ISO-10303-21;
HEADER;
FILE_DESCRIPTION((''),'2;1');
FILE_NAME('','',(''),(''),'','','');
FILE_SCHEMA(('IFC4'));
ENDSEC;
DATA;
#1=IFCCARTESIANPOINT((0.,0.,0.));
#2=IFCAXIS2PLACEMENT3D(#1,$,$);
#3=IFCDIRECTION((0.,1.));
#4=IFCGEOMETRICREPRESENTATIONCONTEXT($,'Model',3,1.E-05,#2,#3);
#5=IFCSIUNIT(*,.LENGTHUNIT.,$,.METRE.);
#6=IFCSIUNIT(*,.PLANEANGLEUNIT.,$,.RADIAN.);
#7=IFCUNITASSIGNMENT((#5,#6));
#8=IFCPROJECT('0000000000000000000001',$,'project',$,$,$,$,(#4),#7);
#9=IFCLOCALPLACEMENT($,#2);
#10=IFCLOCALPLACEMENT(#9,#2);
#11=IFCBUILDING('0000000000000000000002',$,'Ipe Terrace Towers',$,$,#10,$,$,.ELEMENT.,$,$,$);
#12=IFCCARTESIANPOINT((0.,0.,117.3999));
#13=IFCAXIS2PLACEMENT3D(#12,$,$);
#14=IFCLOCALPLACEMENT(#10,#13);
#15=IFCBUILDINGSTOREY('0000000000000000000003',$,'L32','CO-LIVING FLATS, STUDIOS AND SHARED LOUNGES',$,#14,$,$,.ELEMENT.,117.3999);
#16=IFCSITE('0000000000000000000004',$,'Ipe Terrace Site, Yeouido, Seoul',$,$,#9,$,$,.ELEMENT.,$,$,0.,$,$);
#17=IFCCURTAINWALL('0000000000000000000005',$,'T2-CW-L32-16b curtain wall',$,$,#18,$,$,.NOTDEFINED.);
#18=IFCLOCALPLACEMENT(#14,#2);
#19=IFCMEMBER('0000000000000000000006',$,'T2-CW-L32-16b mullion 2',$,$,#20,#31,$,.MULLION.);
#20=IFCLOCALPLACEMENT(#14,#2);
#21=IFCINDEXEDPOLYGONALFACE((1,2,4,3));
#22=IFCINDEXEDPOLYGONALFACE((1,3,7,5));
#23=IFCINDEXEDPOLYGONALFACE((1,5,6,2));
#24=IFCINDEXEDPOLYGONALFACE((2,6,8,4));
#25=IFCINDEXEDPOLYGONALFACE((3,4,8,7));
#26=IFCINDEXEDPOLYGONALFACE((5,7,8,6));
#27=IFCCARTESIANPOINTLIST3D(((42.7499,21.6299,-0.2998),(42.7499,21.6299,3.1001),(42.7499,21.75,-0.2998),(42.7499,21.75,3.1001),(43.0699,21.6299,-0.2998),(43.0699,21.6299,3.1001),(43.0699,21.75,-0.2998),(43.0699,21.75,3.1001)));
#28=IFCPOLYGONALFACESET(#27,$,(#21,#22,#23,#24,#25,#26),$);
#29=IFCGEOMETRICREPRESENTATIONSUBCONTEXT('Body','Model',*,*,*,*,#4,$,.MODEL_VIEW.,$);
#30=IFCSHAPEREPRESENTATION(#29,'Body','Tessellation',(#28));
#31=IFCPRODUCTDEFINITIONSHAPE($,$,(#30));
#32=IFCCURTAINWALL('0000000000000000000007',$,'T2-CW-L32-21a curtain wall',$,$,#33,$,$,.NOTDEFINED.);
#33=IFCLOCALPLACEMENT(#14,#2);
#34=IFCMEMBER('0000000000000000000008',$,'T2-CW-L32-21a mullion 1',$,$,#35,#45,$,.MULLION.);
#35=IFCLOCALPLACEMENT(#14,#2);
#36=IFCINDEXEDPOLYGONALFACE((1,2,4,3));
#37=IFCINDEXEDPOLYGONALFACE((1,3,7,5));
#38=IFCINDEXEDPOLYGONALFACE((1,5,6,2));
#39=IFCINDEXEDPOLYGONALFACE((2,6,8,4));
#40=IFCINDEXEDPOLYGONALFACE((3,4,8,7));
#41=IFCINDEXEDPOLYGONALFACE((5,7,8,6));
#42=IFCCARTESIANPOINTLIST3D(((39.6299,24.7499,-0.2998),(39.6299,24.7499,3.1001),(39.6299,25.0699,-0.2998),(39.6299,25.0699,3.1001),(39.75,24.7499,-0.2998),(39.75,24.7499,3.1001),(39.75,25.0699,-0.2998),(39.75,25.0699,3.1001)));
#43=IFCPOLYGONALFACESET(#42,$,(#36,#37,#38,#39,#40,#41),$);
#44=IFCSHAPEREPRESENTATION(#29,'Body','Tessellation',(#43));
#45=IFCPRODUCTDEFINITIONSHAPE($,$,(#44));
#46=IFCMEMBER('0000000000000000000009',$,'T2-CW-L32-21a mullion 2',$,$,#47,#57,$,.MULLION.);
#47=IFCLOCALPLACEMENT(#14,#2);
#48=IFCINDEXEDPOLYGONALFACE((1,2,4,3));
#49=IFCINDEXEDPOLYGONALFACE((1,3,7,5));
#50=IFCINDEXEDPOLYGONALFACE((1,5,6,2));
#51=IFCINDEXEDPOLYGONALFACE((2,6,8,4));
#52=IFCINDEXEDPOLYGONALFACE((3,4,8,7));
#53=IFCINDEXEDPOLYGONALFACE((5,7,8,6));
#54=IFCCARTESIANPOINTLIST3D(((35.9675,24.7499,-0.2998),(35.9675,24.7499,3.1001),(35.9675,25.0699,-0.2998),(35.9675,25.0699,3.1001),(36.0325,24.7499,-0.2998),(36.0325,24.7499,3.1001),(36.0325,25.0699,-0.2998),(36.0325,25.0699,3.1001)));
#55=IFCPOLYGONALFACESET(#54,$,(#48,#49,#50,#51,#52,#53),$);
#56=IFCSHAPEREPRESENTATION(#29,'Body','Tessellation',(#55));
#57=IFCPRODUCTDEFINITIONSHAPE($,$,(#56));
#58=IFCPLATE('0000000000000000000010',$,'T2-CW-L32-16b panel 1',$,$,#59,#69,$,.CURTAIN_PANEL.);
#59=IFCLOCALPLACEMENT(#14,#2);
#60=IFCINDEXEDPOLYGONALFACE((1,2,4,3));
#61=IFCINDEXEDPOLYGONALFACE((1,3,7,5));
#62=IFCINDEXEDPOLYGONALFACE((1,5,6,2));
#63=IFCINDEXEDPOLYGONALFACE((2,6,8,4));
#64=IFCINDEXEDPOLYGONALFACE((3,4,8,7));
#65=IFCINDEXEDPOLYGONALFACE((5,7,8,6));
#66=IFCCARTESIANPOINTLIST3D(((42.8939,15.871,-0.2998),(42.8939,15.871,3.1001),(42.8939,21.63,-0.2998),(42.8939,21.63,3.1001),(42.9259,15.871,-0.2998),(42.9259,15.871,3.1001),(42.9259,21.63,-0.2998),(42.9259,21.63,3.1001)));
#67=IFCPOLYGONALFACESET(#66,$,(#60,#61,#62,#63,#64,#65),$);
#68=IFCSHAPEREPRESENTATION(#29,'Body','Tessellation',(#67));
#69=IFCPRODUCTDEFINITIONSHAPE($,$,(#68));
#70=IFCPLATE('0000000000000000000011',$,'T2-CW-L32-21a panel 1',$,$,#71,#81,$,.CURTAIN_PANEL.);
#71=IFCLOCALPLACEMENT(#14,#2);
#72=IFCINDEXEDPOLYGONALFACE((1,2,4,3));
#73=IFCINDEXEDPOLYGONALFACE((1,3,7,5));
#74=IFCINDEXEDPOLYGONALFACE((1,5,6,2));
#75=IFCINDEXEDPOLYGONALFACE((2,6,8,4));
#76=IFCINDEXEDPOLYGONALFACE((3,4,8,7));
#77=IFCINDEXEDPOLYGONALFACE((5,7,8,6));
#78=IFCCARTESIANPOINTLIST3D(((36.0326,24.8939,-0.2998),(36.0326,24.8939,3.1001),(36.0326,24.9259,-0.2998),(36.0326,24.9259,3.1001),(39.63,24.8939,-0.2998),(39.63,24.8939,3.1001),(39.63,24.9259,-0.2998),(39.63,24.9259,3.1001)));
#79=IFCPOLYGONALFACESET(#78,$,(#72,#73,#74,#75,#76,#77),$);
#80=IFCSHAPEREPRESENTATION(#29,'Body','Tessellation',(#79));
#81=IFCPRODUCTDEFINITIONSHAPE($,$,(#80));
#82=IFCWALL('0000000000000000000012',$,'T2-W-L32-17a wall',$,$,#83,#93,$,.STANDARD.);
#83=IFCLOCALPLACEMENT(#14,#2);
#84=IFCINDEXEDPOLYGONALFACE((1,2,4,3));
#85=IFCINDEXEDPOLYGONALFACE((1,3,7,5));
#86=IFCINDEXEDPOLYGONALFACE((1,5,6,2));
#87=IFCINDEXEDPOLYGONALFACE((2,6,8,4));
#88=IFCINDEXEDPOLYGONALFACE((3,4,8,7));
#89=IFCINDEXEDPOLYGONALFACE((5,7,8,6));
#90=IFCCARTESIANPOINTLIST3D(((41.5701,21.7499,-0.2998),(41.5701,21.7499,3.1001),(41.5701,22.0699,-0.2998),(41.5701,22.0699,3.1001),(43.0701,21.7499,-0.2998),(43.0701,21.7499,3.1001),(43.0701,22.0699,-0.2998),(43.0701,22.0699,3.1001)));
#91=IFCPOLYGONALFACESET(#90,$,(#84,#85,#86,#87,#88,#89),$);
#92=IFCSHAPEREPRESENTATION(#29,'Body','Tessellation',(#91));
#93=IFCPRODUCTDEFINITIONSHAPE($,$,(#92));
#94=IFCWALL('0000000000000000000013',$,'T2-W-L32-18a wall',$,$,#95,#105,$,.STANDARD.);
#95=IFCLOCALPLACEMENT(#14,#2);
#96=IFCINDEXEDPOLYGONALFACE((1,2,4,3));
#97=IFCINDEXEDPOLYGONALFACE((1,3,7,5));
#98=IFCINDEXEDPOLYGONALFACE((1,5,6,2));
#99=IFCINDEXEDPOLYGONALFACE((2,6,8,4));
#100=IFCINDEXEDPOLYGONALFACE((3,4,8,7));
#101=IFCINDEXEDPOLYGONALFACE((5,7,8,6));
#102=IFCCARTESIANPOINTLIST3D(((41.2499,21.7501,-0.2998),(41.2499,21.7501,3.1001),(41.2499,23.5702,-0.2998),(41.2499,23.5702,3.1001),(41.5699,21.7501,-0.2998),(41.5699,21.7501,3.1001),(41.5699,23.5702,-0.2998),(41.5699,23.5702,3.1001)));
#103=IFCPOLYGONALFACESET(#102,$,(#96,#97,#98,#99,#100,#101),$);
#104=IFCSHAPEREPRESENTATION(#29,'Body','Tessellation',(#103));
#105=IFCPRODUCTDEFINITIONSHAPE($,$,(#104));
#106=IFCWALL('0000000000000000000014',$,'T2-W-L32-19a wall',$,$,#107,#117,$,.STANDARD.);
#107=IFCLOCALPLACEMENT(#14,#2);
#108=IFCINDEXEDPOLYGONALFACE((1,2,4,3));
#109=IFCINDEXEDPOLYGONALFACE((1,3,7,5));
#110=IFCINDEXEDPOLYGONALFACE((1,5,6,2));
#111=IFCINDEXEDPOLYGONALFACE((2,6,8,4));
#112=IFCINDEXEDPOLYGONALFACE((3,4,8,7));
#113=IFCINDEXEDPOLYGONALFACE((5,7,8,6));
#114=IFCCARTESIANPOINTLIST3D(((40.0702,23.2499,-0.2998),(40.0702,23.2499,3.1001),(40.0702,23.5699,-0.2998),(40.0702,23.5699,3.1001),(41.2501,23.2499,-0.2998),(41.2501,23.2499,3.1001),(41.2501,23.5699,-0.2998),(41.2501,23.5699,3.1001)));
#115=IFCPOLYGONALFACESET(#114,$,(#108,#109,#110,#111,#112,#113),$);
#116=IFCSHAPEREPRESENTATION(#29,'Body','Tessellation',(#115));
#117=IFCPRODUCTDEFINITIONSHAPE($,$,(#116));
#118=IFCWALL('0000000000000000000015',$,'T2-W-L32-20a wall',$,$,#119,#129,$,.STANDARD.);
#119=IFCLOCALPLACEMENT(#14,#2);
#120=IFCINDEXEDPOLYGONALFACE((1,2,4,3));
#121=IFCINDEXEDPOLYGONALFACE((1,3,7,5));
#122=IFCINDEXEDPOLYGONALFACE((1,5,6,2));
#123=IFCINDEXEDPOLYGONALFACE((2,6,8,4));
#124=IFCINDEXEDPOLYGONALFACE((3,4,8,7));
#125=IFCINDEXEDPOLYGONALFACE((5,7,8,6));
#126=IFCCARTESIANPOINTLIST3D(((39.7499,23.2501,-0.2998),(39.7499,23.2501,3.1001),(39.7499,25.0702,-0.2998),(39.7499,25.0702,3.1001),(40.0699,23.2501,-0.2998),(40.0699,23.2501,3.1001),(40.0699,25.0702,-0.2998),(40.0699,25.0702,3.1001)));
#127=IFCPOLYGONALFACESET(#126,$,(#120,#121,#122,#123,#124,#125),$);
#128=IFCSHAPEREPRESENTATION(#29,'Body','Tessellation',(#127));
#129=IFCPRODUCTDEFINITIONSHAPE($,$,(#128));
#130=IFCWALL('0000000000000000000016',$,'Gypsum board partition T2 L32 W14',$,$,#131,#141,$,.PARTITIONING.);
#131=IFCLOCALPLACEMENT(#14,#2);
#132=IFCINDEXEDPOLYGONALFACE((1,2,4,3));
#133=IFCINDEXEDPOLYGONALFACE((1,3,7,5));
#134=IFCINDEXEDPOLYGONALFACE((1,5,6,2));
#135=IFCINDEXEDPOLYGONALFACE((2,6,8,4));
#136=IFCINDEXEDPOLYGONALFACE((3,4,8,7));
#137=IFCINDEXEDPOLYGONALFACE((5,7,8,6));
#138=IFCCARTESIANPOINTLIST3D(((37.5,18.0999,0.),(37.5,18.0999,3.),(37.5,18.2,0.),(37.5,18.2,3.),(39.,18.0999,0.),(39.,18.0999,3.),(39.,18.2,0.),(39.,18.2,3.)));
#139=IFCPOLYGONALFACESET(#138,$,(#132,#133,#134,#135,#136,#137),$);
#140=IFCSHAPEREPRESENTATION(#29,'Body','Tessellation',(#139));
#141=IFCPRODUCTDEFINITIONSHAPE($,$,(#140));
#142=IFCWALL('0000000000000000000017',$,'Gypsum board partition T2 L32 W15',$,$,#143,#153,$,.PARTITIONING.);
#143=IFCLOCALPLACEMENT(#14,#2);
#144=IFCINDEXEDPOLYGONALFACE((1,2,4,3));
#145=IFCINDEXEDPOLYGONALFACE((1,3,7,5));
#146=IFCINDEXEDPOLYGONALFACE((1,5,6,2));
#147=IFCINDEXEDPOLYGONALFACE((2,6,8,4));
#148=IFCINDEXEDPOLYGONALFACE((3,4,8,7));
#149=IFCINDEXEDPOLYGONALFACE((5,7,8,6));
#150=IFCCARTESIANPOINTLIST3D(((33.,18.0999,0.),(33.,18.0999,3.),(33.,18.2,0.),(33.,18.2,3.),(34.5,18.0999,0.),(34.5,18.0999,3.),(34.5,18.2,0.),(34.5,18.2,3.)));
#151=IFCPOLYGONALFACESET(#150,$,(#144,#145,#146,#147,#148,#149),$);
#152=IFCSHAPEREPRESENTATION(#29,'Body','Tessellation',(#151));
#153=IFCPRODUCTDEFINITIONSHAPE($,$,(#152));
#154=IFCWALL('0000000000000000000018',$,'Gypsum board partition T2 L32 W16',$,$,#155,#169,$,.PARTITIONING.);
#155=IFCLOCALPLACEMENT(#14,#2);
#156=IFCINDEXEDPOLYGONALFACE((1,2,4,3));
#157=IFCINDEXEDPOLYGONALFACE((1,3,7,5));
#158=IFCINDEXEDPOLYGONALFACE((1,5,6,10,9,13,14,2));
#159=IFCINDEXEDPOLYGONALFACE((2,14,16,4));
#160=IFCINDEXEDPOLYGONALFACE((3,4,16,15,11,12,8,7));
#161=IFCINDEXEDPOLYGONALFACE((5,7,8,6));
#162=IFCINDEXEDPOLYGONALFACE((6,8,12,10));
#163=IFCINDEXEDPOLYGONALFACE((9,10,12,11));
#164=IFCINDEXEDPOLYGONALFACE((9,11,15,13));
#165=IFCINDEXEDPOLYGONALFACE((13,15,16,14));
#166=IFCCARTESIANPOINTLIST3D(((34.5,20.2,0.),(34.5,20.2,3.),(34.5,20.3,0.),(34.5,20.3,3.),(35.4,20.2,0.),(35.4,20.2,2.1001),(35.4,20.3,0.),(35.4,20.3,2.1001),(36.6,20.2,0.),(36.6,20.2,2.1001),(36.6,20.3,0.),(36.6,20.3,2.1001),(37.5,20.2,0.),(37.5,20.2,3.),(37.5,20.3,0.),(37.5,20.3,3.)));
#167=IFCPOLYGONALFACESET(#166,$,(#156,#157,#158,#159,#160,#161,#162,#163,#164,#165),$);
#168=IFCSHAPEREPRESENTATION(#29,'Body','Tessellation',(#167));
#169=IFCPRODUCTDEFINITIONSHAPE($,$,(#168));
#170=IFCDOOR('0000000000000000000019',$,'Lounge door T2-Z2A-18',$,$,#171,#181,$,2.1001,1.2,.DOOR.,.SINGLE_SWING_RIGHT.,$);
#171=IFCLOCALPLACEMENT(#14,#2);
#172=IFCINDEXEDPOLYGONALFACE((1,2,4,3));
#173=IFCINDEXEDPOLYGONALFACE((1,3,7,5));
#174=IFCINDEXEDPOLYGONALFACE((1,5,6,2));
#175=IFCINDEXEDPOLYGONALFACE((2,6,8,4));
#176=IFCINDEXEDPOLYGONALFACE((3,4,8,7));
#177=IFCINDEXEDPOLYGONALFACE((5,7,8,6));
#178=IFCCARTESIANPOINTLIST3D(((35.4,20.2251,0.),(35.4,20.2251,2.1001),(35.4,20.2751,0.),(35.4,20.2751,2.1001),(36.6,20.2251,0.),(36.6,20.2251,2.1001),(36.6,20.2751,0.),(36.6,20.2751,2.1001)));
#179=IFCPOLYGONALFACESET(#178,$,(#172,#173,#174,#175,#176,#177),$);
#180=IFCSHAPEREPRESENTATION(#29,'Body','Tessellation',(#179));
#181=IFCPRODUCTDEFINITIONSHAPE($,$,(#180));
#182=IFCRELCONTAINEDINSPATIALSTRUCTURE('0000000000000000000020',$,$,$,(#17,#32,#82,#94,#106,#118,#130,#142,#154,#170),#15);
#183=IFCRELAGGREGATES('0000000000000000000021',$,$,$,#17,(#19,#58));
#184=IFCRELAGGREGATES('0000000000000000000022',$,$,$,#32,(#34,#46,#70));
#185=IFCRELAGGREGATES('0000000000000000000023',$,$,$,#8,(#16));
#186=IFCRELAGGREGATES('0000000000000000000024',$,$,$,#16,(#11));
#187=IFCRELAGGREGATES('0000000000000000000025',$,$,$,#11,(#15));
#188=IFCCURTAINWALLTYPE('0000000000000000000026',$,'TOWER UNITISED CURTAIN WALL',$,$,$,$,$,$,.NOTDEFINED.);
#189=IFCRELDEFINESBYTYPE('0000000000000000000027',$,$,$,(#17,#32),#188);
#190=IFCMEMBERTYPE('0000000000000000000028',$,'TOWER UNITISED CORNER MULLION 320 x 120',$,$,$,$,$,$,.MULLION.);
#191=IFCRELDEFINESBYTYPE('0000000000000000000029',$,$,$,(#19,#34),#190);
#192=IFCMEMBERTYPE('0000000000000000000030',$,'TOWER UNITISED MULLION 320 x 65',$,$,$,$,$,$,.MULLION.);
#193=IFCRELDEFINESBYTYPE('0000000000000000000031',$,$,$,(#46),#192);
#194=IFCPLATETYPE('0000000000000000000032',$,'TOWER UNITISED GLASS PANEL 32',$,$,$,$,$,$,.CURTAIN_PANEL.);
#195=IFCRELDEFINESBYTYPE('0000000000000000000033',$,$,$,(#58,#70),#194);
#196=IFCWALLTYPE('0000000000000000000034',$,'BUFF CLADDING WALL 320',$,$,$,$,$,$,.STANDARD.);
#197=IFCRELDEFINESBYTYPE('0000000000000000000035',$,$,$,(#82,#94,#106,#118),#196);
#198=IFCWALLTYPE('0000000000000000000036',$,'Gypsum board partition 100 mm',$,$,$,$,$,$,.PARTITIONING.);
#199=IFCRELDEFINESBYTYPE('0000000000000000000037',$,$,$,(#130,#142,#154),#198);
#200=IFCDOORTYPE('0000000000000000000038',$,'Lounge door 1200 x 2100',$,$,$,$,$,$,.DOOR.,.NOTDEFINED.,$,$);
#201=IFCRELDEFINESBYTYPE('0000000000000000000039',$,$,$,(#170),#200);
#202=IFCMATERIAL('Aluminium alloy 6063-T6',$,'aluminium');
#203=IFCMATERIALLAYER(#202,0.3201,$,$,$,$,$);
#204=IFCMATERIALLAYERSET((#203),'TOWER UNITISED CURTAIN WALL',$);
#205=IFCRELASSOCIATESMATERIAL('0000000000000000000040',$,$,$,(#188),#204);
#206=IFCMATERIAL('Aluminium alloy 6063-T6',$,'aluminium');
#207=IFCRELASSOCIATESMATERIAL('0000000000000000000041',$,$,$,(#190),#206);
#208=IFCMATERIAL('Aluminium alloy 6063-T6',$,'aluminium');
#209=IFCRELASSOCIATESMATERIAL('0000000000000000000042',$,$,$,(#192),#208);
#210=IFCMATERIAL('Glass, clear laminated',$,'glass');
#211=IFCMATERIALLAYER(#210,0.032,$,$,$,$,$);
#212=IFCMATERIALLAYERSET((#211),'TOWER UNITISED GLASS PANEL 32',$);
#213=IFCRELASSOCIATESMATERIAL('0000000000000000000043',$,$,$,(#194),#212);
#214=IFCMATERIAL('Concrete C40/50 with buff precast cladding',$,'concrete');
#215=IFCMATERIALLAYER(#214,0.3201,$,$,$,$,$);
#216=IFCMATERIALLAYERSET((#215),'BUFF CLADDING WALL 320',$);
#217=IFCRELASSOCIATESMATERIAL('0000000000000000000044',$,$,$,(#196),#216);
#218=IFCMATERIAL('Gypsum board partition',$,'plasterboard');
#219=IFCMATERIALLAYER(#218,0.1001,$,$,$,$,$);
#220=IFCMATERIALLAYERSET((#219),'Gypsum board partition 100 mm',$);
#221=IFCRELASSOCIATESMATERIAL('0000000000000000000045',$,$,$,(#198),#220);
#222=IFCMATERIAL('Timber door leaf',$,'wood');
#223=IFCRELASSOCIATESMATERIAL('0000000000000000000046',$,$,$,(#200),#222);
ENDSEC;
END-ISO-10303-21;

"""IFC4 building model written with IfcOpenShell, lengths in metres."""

from ifc_helpers import new_model, si_unit, direction, frame, frame_2d, origin, origin_2d, place, context, subcontext, project, spatial, rectangle, extrude, material, layer, layer_set, material_profile, profile_set, type_object, element, fill, aggregate, save


model = new_model("IFC4")

# Units and contexts
model_context = context("Model", 3, precision=1e-05, world=origin(), true_north=direction((0.0, 1.0)))
body_context = subcontext(model_context, "Body", "Model", "MODEL_VIEW")
ifc_project = project(units=[si_unit("LENGTHUNIT", "METRE"), si_unit("PLANEANGLEUNIT", "RADIAN")], contexts=[model_context])

# Site, building, storey
site_placement = place(None, origin())
site = spatial("IfcSite", under=ifc_project, at=site_placement, Name="Ipe Terrace Site, Yeouido, Seoul", CompositionType="ELEMENT", RefElevation=0.0)
building_placement = place(site_placement, origin())
building = spatial("IfcBuilding", under=site, at=building_placement, Name="Ipe Terrace Towers", CompositionType="ELEMENT")
storey_placement = place(building_placement, frame((0.0, 0.0, 117.3999)))
storey = spatial("IfcBuildingStorey", under=building, at=storey_placement, Name="L32", Description="CO-LIVING FLATS, STUDIOS AND SHARED LOUNGES", CompositionType="ELEMENT", Elevation=117.3999)

# Curtain walls, members
ifc_material_1 = material(Name="Aluminium alloy 6063-T6", Category="aluminium")
ifc_layer_1 = layer(ifc_material_1, 0.3201)
ifc_layer_set_1 = layer_set([ifc_layer_1], Name="TOWER UNITISED CURTAIN WALL")
curtain_wall_type = type_object("IfcCurtainWallType", Name="TOWER UNITISED CURTAIN WALL", PredefinedType="NOTDEFINED", material=ifc_layer_set_1)
curtain_wall_1_placement = place(storey_placement, origin())
curtain_wall_1 = element("IfcCurtainWall", 1, at=curtain_wall_1_placement, inside=storey, type_object=curtain_wall_type, Name="T2-CW-L32-16b curtain wall", PredefinedType="NOTDEFINED")
ifc_material_2 = material(Name="Aluminium alloy 6063-T6", Category="aluminium")
ifc_material_profile_1 = material_profile(ifc_material_2, rectangle(XDim=0.3201, YDim=0.1201, at=origin_2d()), Name="TOWER UNITISED CORNER MULLION 320 x 120")
ifc_profile_set_1 = profile_set([ifc_material_profile_1], Name="Aluminium alloy 6063-T6")
member_type_1 = type_object("IfcMemberType", Name="TOWER UNITISED CORNER MULLION 320 x 120", PredefinedType="MULLION", material=ifc_profile_set_1)
member_1_placement = place(storey_placement, frame((42.9099, 21.6899, -0.2998), z_axis=(0.0, 0.0, 1.0), x_axis=(1.0, 0.0, 0.0)))
member_1 = element("IfcMember", 2, at=member_1_placement, type_object=member_type_1, Name="T2-CW-L32-16b mullion 2", PredefinedType="MULLION", context=body_context, shape_type="SweptSolid", body=[
    extrude(rectangle(XDim=0.3201, YDim=0.1201, at=origin_2d()), origin(), (0.0, 0.0, 1.0), 3.3999),
])
curtain_wall_2_placement = place(storey_placement, origin())
curtain_wall_2 = element("IfcCurtainWall", 3, at=curtain_wall_2_placement, inside=storey, type_object=curtain_wall_type, Name="T2-CW-L32-21a curtain wall", PredefinedType="NOTDEFINED")
member_2_placement = place(storey_placement, frame((39.6899, 24.9099, -0.2998), z_axis=(0.0, 0.0, 1.0), x_axis=(0.0, 1.0, 0.0)))
member_2 = element("IfcMember", 4, at=member_2_placement, type_object=member_type_1, Name="T2-CW-L32-21a mullion 1", PredefinedType="MULLION", context=body_context, shape_type="SweptSolid", body=[
    extrude(rectangle(XDim=0.3201, YDim=0.1201, at=origin_2d()), origin(), (0.0, 0.0, 1.0), 3.3999),
])
ifc_material_3 = material(Name="Aluminium alloy 6063-T6", Category="aluminium")
ifc_material_profile_2 = material_profile(ifc_material_3, rectangle(XDim=0.3201, YDim=0.0649, at=origin_2d()), Name="TOWER UNITISED MULLION 320 x 65")
ifc_profile_set_2 = profile_set([ifc_material_profile_2], Name="Aluminium alloy 6063-T6")
member_type_2 = type_object("IfcMemberType", Name="TOWER UNITISED MULLION 320 x 65", PredefinedType="MULLION", material=ifc_profile_set_2)
member_3_placement = place(storey_placement, frame((36.0, 24.9099, -0.2998), z_axis=(0.0, 0.0, 1.0), x_axis=(0.0, 1.0, 0.0)))
member_3 = element("IfcMember", 5, at=member_3_placement, type_object=member_type_2, Name="T2-CW-L32-21a mullion 2", PredefinedType="MULLION", context=body_context, shape_type="SweptSolid", body=[
    extrude(rectangle(XDim=0.3201, YDim=0.0649, at=origin_2d()), origin(), (0.0, 0.0, 1.0), 3.3999),
])

# Plates
ifc_material_4 = material(Name="Glass, clear laminated", Category="glass")
ifc_layer_2 = layer(ifc_material_4, 0.032)
ifc_layer_set_2 = layer_set([ifc_layer_2], Name="TOWER UNITISED GLASS PANEL 32")
plate_type = type_object("IfcPlateType", Name="TOWER UNITISED GLASS PANEL 32", PredefinedType="CURTAIN_PANEL", material=ifc_layer_set_2)
plate_1_placement = place(storey_placement, frame((42.9099, 18.7505, -0.2998), z_axis=(0.0, 0.0, 1.0), x_axis=(0.0, 1.0, 0.0)))
plate_1 = element("IfcPlate", 6, at=plate_1_placement, type_object=plate_type, Name="T2-CW-L32-16b panel 1", PredefinedType="CURTAIN_PANEL", context=body_context, shape_type="SweptSolid", body=[
    extrude(rectangle(XDim=5.759, YDim=0.032, at=origin_2d()), origin(), (0.0, 0.0, 1.0), 3.3999),
])
aggregate(curtain_wall_1, [member_1, plate_1])
plate_2_placement = place(storey_placement, frame((37.8313, 24.9099, -0.2998), z_axis=(0.0, 0.0, 1.0), x_axis=(-1.0, 0.0, 0.0)))
plate_2 = element("IfcPlate", 7, at=plate_2_placement, type_object=plate_type, Name="T2-CW-L32-21a panel 1", PredefinedType="CURTAIN_PANEL", context=body_context, shape_type="SweptSolid", body=[
    extrude(rectangle(XDim=3.5974, YDim=0.032, at=origin_2d()), origin(), (0.0, 0.0, 1.0), 3.3999),
])
aggregate(curtain_wall_2, [member_2, member_3, plate_2])

# Walls
ifc_material_5 = material(Name="Concrete C40/50 with buff precast cladding", Category="concrete")
ifc_layer_3 = layer(ifc_material_5, 0.3201)
ifc_layer_set_3 = layer_set([ifc_layer_3], Name="BUFF CLADDING WALL 320")
wall_type_1 = type_object("IfcWallType", Name="BUFF CLADDING WALL 320", PredefinedType="STANDARD", material=ifc_layer_set_3)
wall_1_placement = place(storey_placement, frame((43.0701, 21.9099, -0.2998), z_axis=(0.0, 0.0, 1.0), x_axis=(-1.0, 0.0, 0.0)))
element("IfcWall", 8, at=wall_1_placement, inside=storey, type_object=wall_type_1, Name="T2-W-L32-17a wall", PredefinedType="STANDARD", context=body_context, shape_type="SweptSolid", body=[
    extrude(rectangle(XDim=1.5, YDim=0.3201, at=frame_2d((0.75, 0.0))), origin(), (0.0, 0.0, 1.0), 3.3999),
])
wall_2_placement = place(storey_placement, frame((41.4099, 21.75, -0.2998), z_axis=(0.0, 0.0, 1.0), x_axis=(0.0, 1.0, 0.0)))
element("IfcWall", 9, at=wall_2_placement, inside=storey, type_object=wall_type_1, Name="T2-W-L32-18a wall", PredefinedType="STANDARD", context=body_context, shape_type="SweptSolid", body=[
    extrude(rectangle(XDim=1.8201, YDim=0.3201, at=frame_2d((0.9102, 0.0))), origin(), (0.0, 0.0, 1.0), 3.3999),
])
wall_3_placement = place(storey_placement, frame((41.25, 23.4099, -0.2998), z_axis=(0.0, 0.0, 1.0), x_axis=(-1.0, 0.0, 0.0)))
element("IfcWall", 10, at=wall_3_placement, inside=storey, type_object=wall_type_1, Name="T2-W-L32-19a wall", PredefinedType="STANDARD", context=body_context, shape_type="SweptSolid", body=[
    extrude(rectangle(XDim=1.1799, YDim=0.3201, at=frame_2d((0.5898, 0.0))), origin(), (0.0, 0.0, 1.0), 3.3999),
])
wall_4_placement = place(storey_placement, frame((39.9099, 23.25, -0.2998), z_axis=(0.0, 0.0, 1.0), x_axis=(0.0, 1.0, 0.0)))
element("IfcWall", 11, at=wall_4_placement, inside=storey, type_object=wall_type_1, Name="T2-W-L32-20a wall", PredefinedType="STANDARD", context=body_context, shape_type="SweptSolid", body=[
    extrude(rectangle(XDim=1.8201, YDim=0.3201, at=frame_2d((0.9102, 0.0))), origin(), (0.0, 0.0, 1.0), 3.3999),
])
ifc_material_6 = material(Name="Gypsum board partition", Category="plasterboard")
ifc_layer_4 = layer(ifc_material_6, 0.1001)
ifc_layer_set_4 = layer_set([ifc_layer_4], Name="Gypsum board partition 100 mm")
wall_type_2 = type_object("IfcWallType", Name="Gypsum board partition 100 mm", PredefinedType="PARTITIONING", material=ifc_layer_set_4)
for number, where, z_axis, x_axis, name in (
    (12, (39.0, 18.1499, 0.0), (0.0, 0.0, 1.0), (-1.0, 0.0, 0.0), "Gypsum board partition T2 L32 W14"),
    (13, (34.5, 18.1499, 0.0), (0.0, 0.0, 1.0), (-1.0, 0.0, 0.0), "Gypsum board partition T2 L32 W15"),
):
    element("IfcWall", number, at=place(storey_placement, frame(where, z_axis=z_axis, x_axis=x_axis)), inside=storey, type_object=wall_type_2, Name=name, PredefinedType="PARTITIONING", context=body_context, shape_type="SweptSolid", body=[
        extrude(rectangle(XDim=1.5, YDim=0.1001, at=frame_2d((0.75, 0.0))), origin(), (0.0, 0.0, 1.0), 3.0),
    ])

# Wall, opening, door
wall_5_placement = place(storey_placement, frame((37.5, 20.25, 0.0), z_axis=(0.0, 0.0, 1.0), x_axis=(-1.0, 0.0, 0.0)))
wall_5 = element("IfcWall", 14, at=wall_5_placement, inside=storey, type_object=wall_type_2, Name="Gypsum board partition T2 L32 W16", PredefinedType="PARTITIONING", context=body_context, shape_type="SweptSolid", body=[
    extrude(rectangle(XDim=3.0, YDim=0.1001, at=frame_2d((1.5, 0.0))), origin(), (0.0, 0.0, 1.0), 3.0),
])
opening_1_placement = place(wall_5_placement, frame((0.8999, 0.0, 0.0)))
opening_1 = element("IfcOpeningElement", 15, at=opening_1_placement, cuts=wall_5, PredefinedType="OPENING", context=body_context, shape_type="SweptSolid", body=[
    extrude(rectangle(XDim=1.2, YDim=2.1001, at=frame_2d((0.6001, 1.05))), frame((0.0, 0.0601, 0.0), z_axis=(0.0, -1.0, 0.0), x_axis=(1.0, 0.0, 0.0)), (0.0, 0.0, 1.0), 0.1201),
])
ifc_material_7 = material(Name="Timber door leaf", Category="wood")
door_type_1 = type_object("IfcDoorType", Name="Lounge door 1200 x 2100", OperationType="NOTDEFINED", PredefinedType="DOOR", material=ifc_material_7)
door_1_placement = place(opening_1_placement, origin())
door_1 = element("IfcDoor", 16, at=door_1_placement, inside=storey, type_object=door_type_1, Name="Lounge door T2-Z2A-18", OperationType="SINGLE_SWING_RIGHT", OverallHeight=2.1001, OverallWidth=1.2, PredefinedType="DOOR", context=body_context, shape_type="SweptSolid", body=[
    extrude(rectangle(XDim=1.2, YDim=2.1001, at=frame_2d((0.6001, 1.05))), frame((0.0, 0.0249, 0.0), z_axis=(0.0, -1.0, 0.0), x_axis=(1.0, 0.0, 0.0)), (0.0, 0.0, 1.0), 0.05),
])
fill(opening_1, door_1)

save(model, "model.ifc")
